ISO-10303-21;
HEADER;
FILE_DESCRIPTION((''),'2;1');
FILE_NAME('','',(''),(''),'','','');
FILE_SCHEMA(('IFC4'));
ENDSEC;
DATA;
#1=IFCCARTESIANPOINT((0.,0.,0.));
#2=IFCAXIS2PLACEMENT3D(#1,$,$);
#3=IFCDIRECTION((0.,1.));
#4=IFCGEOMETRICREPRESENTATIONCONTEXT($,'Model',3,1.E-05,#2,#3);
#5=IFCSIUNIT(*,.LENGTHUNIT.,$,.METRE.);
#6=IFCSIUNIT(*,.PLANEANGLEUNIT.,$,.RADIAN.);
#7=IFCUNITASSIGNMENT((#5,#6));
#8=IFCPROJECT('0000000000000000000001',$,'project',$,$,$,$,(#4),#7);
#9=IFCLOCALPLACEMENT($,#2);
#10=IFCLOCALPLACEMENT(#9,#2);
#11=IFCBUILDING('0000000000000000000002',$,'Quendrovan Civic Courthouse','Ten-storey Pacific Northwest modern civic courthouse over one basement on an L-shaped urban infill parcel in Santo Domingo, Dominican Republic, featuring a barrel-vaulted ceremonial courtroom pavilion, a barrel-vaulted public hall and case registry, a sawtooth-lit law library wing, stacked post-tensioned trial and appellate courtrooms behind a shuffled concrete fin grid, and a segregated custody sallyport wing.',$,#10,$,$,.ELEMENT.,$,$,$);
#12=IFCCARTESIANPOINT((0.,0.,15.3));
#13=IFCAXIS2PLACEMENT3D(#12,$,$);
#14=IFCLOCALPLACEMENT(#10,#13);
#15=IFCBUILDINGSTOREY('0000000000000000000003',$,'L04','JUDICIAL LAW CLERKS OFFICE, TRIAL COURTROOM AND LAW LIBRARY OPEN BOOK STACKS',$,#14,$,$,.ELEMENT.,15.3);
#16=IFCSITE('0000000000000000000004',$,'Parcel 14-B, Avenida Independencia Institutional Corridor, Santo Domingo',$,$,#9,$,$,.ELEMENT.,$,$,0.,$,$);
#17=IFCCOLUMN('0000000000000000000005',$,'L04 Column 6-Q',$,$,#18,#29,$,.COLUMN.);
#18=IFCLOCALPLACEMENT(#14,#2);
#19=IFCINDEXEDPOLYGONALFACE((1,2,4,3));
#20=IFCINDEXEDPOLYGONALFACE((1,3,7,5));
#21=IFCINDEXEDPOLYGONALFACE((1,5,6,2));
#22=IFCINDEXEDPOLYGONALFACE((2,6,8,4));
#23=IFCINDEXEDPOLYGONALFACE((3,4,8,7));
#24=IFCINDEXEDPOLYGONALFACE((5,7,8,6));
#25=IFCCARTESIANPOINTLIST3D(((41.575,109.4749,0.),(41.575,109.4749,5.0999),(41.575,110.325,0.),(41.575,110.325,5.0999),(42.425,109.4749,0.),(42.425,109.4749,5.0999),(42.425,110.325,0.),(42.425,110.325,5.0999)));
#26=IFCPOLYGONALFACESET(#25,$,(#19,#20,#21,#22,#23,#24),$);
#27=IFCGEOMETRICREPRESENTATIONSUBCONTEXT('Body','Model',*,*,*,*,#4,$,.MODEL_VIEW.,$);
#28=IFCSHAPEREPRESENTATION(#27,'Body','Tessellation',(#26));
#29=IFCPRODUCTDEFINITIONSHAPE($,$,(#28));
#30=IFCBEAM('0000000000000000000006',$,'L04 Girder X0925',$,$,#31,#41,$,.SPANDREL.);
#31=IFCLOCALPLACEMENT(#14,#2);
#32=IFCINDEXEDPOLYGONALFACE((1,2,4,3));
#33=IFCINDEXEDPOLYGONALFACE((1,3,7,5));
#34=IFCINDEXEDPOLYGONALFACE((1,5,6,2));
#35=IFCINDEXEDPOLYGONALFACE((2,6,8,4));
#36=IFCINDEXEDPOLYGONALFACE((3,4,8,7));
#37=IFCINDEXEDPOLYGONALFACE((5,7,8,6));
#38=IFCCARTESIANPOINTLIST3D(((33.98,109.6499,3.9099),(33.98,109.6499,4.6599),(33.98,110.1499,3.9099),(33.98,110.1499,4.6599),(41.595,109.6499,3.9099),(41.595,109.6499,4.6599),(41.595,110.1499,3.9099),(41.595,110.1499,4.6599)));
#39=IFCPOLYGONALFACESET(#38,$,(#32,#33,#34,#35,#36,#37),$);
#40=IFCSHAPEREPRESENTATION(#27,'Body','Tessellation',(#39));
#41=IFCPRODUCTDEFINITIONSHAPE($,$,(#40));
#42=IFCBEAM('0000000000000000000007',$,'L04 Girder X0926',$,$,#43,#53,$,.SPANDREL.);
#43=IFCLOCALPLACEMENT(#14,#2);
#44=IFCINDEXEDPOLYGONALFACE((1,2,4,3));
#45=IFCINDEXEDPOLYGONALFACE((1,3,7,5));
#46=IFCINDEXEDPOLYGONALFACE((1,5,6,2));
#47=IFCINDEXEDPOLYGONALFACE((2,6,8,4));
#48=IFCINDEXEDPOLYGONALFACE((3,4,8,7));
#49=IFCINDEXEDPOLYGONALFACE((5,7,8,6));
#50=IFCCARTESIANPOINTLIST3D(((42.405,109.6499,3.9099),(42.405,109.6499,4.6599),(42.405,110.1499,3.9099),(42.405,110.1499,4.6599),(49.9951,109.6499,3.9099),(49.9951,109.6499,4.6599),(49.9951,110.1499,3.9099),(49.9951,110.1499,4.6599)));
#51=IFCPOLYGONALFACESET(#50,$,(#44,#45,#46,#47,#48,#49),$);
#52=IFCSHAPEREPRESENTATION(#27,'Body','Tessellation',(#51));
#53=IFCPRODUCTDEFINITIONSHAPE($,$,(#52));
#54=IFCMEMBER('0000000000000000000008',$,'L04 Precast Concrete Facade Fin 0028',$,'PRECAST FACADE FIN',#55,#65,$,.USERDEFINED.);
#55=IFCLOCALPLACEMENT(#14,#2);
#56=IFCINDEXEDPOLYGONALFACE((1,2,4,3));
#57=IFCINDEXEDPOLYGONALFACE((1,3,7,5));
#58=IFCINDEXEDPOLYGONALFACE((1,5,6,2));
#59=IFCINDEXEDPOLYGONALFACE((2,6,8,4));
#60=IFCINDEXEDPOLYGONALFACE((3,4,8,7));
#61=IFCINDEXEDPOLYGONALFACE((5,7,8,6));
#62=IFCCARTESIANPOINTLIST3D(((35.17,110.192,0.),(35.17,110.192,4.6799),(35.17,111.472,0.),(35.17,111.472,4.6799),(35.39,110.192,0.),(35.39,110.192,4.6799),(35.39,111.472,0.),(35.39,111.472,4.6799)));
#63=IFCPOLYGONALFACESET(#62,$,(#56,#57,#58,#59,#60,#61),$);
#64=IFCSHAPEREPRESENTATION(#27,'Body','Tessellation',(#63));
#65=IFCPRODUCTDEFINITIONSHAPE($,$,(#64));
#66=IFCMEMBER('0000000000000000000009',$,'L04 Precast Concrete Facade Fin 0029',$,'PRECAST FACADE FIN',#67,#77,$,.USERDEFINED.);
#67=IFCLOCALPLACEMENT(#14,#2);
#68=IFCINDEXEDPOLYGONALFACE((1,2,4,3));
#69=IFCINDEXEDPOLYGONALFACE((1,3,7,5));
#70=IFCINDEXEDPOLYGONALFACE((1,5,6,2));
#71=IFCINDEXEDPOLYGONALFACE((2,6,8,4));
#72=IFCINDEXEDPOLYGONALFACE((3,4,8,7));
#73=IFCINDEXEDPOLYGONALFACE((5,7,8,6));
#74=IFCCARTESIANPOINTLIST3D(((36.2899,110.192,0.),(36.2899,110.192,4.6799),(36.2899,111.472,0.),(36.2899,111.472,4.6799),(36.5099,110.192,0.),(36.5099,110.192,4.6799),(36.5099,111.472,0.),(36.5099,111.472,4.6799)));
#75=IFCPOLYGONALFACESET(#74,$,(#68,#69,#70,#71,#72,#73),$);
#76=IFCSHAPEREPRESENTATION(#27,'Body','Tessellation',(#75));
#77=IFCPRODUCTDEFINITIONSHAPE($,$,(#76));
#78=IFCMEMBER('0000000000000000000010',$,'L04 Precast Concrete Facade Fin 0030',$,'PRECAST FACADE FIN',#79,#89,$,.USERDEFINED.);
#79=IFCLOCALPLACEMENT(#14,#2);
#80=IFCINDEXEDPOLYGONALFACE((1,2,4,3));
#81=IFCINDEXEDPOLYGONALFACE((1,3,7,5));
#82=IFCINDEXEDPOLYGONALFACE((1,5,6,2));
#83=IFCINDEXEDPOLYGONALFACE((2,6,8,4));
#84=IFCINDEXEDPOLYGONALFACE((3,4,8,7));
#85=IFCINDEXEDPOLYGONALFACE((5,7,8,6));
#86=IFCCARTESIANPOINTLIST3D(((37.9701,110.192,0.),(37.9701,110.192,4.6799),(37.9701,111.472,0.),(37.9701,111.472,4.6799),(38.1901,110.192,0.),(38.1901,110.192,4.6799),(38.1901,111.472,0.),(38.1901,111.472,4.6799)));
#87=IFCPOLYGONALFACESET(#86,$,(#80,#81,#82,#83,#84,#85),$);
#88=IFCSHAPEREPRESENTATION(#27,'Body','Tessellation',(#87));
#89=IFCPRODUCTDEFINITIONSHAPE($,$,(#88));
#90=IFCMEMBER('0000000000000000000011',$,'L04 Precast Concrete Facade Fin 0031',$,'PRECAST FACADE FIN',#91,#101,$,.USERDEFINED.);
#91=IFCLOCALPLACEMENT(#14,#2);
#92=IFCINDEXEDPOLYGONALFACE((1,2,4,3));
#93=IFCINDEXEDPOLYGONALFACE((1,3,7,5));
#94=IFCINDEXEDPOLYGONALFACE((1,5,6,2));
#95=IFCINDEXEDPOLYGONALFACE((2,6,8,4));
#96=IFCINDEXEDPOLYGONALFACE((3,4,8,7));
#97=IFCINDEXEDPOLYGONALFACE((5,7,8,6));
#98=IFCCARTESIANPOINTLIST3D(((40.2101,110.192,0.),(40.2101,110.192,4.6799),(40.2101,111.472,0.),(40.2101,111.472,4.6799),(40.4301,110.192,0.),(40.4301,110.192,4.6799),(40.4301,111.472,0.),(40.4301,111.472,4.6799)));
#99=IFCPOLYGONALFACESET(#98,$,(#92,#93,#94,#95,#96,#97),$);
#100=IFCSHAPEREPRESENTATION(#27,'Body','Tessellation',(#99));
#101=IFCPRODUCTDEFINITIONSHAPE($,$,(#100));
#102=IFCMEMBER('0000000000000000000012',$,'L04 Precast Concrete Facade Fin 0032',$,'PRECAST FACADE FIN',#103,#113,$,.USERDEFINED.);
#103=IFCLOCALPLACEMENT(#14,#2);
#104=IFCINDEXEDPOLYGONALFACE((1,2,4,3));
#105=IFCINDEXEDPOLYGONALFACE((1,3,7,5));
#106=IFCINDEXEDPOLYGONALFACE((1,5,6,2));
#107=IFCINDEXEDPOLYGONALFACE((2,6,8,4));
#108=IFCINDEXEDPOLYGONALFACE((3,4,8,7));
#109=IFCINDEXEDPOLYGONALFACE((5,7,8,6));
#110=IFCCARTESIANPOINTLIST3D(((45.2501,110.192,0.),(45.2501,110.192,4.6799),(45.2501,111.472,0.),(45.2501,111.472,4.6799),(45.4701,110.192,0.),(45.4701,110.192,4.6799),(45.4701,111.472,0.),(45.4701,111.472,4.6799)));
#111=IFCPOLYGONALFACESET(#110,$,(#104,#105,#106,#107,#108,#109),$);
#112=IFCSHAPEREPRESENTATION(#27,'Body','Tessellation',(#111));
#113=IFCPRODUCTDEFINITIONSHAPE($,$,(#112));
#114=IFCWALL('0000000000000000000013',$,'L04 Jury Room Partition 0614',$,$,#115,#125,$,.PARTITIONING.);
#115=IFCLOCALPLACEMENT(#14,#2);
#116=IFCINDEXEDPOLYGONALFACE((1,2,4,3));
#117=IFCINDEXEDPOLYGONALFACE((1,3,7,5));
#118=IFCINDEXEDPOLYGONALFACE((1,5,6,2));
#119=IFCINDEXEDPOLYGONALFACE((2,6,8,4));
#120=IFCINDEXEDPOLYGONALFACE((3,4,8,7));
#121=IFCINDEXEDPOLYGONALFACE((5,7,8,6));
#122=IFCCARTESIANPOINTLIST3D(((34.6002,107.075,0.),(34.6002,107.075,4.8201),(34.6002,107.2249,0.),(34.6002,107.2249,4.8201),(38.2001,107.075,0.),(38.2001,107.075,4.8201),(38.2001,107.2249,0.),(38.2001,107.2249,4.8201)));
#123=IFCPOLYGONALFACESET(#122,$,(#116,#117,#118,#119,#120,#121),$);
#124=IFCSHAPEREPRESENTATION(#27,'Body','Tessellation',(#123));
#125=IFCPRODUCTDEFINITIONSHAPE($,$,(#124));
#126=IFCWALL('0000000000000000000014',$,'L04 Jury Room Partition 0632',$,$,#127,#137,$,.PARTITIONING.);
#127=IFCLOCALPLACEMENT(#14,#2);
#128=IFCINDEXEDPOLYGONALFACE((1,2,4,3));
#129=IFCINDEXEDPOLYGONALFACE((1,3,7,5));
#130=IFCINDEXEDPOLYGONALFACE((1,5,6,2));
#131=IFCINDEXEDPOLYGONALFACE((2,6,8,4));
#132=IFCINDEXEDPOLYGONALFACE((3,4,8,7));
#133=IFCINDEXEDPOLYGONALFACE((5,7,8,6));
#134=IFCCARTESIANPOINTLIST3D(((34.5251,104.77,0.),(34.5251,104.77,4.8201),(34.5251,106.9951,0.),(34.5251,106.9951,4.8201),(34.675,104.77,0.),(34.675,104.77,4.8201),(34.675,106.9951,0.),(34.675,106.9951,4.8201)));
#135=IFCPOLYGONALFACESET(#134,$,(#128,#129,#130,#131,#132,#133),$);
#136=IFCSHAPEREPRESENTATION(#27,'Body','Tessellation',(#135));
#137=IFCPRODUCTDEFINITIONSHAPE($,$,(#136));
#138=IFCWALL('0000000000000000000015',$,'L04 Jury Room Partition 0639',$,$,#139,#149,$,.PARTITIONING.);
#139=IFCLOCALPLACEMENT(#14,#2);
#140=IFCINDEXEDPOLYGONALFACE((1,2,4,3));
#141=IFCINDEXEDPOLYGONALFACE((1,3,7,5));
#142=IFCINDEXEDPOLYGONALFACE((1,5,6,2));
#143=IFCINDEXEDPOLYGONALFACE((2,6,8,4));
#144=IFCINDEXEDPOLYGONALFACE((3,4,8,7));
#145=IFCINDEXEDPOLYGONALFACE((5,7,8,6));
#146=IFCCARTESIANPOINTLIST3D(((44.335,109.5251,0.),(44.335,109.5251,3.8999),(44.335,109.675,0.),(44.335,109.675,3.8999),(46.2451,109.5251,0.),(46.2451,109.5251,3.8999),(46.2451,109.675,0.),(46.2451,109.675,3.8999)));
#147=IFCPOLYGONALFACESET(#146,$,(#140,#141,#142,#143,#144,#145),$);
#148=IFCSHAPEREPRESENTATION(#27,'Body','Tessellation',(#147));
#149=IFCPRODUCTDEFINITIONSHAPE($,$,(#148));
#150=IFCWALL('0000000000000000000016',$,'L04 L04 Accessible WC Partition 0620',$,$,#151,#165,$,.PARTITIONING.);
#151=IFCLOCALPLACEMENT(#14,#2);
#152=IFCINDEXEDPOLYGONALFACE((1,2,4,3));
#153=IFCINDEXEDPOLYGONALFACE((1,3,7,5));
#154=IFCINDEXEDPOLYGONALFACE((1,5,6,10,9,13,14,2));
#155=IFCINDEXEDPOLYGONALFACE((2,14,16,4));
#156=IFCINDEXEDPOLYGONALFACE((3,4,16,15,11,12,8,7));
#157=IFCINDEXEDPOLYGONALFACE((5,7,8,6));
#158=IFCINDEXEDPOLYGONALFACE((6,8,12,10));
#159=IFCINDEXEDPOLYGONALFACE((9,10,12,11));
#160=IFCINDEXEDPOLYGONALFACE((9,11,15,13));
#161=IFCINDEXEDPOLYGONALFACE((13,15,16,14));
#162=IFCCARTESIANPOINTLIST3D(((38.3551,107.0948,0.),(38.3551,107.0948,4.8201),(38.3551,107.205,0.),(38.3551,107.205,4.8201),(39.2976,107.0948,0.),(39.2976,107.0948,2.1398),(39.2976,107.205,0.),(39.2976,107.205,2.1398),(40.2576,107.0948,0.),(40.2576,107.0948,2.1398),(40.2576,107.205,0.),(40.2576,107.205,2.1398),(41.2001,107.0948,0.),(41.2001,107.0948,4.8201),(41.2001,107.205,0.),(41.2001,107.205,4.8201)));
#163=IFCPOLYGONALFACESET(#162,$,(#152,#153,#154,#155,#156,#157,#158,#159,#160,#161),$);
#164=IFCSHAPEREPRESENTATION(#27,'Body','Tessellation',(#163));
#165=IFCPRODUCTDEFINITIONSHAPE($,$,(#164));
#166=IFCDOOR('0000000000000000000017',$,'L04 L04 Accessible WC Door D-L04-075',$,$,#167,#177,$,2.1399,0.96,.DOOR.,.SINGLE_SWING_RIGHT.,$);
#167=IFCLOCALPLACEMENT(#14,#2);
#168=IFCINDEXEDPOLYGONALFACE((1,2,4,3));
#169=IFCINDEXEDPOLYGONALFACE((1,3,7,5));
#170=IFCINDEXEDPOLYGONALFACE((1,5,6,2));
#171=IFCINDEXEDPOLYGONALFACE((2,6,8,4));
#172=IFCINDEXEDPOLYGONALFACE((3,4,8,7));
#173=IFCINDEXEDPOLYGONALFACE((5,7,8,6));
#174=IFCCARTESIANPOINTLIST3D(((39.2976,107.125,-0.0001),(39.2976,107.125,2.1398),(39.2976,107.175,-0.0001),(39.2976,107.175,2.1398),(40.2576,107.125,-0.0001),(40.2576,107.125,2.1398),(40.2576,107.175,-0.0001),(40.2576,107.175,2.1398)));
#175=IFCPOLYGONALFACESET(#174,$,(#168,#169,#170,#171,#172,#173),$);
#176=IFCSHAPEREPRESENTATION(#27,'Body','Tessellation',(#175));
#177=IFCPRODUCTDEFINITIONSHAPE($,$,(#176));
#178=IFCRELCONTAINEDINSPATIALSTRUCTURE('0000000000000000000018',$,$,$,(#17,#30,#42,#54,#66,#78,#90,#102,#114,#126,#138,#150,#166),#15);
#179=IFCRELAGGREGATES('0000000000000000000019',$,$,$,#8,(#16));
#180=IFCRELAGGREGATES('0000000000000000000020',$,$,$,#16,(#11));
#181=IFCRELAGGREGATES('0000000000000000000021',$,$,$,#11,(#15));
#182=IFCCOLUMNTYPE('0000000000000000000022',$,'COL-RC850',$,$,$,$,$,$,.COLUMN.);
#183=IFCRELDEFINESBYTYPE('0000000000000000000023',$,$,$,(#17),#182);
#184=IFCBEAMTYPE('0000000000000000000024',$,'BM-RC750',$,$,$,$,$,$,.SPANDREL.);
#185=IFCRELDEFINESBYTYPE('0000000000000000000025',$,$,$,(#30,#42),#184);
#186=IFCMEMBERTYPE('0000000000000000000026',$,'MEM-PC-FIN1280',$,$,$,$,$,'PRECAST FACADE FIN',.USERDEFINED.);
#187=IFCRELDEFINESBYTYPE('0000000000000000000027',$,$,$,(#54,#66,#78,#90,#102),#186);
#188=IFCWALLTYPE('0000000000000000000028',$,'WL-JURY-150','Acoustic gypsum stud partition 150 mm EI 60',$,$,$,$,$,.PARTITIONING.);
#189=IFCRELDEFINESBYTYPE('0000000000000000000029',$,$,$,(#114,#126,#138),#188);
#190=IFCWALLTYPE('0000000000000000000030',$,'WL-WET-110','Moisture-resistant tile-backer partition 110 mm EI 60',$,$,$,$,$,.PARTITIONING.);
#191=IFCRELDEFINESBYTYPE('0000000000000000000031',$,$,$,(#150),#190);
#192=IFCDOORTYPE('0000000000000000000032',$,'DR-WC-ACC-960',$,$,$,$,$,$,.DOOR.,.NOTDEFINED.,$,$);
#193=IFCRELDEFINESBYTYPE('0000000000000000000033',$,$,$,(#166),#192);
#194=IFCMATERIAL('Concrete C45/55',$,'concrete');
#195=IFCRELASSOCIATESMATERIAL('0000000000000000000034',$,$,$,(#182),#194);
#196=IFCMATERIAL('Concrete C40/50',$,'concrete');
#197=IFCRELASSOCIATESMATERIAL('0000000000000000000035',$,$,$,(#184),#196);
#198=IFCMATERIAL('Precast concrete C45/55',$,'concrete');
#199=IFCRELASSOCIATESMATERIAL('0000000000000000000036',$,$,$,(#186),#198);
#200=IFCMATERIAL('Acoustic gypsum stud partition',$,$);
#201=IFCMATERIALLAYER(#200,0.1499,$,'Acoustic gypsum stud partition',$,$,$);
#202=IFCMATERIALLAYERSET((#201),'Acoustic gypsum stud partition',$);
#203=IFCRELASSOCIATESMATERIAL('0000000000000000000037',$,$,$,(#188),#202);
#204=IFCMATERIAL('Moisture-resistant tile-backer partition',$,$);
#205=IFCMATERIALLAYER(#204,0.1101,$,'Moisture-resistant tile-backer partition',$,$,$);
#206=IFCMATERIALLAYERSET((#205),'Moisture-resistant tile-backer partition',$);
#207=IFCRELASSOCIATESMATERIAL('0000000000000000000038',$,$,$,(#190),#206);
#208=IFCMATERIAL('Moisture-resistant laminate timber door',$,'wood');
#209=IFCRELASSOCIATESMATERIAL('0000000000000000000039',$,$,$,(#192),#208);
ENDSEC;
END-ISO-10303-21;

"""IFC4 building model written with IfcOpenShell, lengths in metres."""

from ifc_helpers import new_model, si_unit, direction, frame, frame_2d, origin, origin_2d, place, context, subcontext, project, spatial, rectangle, extrude, material, layer, layer_set, material_profile, profile_set, type_object, element, fill, save


model = new_model("IFC4")

# Units and contexts
model_context = context("Model", 3, precision=1e-05, world=origin(), true_north=direction((0.0, 1.0)))
body_context = subcontext(model_context, "Body", "Model", "MODEL_VIEW")
ifc_project = project(units=[si_unit("LENGTHUNIT", "METRE"), si_unit("PLANEANGLEUNIT", "RADIAN")], contexts=[model_context])

# Site, building, storey
site_placement = place(None, origin())
site = spatial("IfcSite", under=ifc_project, at=site_placement, Name="Parcel 14-B, Avenida Independencia Institutional Corridor, Santo Domingo", CompositionType="ELEMENT", RefElevation=0.0)
building_placement = place(site_placement, origin())
building = spatial("IfcBuilding", under=site, at=building_placement, Name="Quendrovan Civic Courthouse", Description="Ten-storey Pacific Northwest modern civic courthouse over one basement on an L-shaped urban infill parcel in Santo Domingo, Dominican Republic, featuring a barrel-vaulted ceremonial courtroom pavilion, a barrel-vaulted public hall and case registry, a sawtooth-lit law library wing, stacked post-tensioned trial and appellate courtrooms behind a shuffled concrete fin grid, and a segregated custody sallyport wing.", CompositionType="ELEMENT")
storey_placement = place(building_placement, frame((0.0, 0.0, 15.3)))
storey = spatial("IfcBuildingStorey", under=building, at=storey_placement, Name="L04", Description="JUDICIAL LAW CLERKS OFFICE, TRIAL COURTROOM AND LAW LIBRARY OPEN BOOK STACKS", CompositionType="ELEMENT", Elevation=15.3)

# Column
ifc_material_1 = material(Name="Concrete C45/55", Category="concrete")
ifc_material_profile_1 = material_profile(ifc_material_1, rectangle(XDim=0.8501, YDim=0.8501, at=origin_2d()), Name="RC-COL-850x850")
ifc_profile_set_1 = profile_set([ifc_material_profile_1], Name="Concrete C45/55")
column_type = type_object("IfcColumnType", Name="COL-RC850", PredefinedType="COLUMN", material=ifc_profile_set_1)
column_placement = place(storey_placement, frame((42.0, 109.8999, 0.0), z_axis=(0.0, 0.0, 1.0), x_axis=(1.0, 0.0, 0.0)))
element("IfcColumn", 1, at=column_placement, inside=storey, type_object=column_type, Name="L04 Column 6-Q", PredefinedType="COLUMN", context=body_context, shape_type="SweptSolid", body=[
    extrude(rectangle(XDim=0.8501, YDim=0.8501, at=origin_2d()), origin(), (0.0, 0.0, 1.0), 5.0999),
])

# Beams
ifc_material_2 = material(Name="Concrete C40/50", Category="concrete")
ifc_material_profile_2 = material_profile(ifc_material_2, rectangle(XDim=0.5, YDim=0.75, at=origin_2d()), Name="RC-BM-500x750")
ifc_profile_set_2 = profile_set([ifc_material_profile_2], Name="Concrete C40/50")
beam_type = type_object("IfcBeamType", Name="BM-RC750", PredefinedType="SPANDREL", material=ifc_profile_set_2)
beam_1_placement = place(storey_placement, frame((33.98, 109.8999, 4.2849), z_axis=(1.0, 0.0, 0.0), x_axis=(0.0, 1.0, 0.0)))
element("IfcBeam", 2, at=beam_1_placement, inside=storey, type_object=beam_type, Name="L04 Girder X0925", PredefinedType="SPANDREL", context=body_context, shape_type="SweptSolid", body=[
    extrude(rectangle(XDim=0.5, YDim=0.75, at=origin_2d()), origin(), (0.0, 0.0, 1.0), 7.615),
])
beam_2_placement = place(storey_placement, frame((42.405, 109.8999, 4.2849), z_axis=(1.0, 0.0, 0.0), x_axis=(0.0, 1.0, 0.0)))
element("IfcBeam", 3, at=beam_2_placement, inside=storey, type_object=beam_type, Name="L04 Girder X0926", PredefinedType="SPANDREL", context=body_context, shape_type="SweptSolid", body=[
    extrude(rectangle(XDim=0.5, YDim=0.75, at=origin_2d()), origin(), (0.0, 0.0, 1.0), 7.5901),
])

# Members
ifc_material_3 = material(Name="Precast concrete C45/55", Category="concrete")
ifc_material_profile_3 = material_profile(ifc_material_3, rectangle(XDim=0.22, YDim=1.28, at=origin_2d()), Name="PC-FIN-220x1280")
ifc_profile_set_3 = profile_set([ifc_material_profile_3], Name="Precast concrete C45/55")
member_type = type_object("IfcMemberType", Name="MEM-PC-FIN1280", ElementType="PRECAST FACADE FIN", PredefinedType="USERDEFINED", material=ifc_profile_set_3)
for number, where, z_axis, x_axis, name in (
    (4, (35.28, 110.832, 0.0), (0.0, 0.0, 1.0), (1.0, 0.0, 0.0), "L04 Precast Concrete Facade Fin 0028"),
    (5, (36.3999, 110.832, 0.0), (0.0, 0.0, 1.0), (1.0, 0.0, 0.0), "L04 Precast Concrete Facade Fin 0029"),
    (6, (38.0801, 110.832, 0.0), (0.0, 0.0, 1.0), (1.0, 0.0, 0.0), "L04 Precast Concrete Facade Fin 0030"),
    (7, (40.3201, 110.832, 0.0), (0.0, 0.0, 1.0), (1.0, 0.0, 0.0), "L04 Precast Concrete Facade Fin 0031"),
    (8, (45.3601, 110.832, 0.0), (0.0, 0.0, 1.0), (1.0, 0.0, 0.0), "L04 Precast Concrete Facade Fin 0032"),
):
    element("IfcMember", number, at=place(storey_placement, frame(where, z_axis=z_axis, x_axis=x_axis)), inside=storey, type_object=member_type, Name=name, ObjectType="PRECAST FACADE FIN", PredefinedType="USERDEFINED", context=body_context, shape_type="SweptSolid", body=[
        extrude(rectangle(XDim=0.22, YDim=1.28, at=origin_2d()), origin(), (0.0, 0.0, 1.0), 4.6799),
    ])

# Walls
ifc_material_4 = material(Name="Acoustic gypsum stud partition")
ifc_layer_1 = layer(ifc_material_4, 0.1499, Name="Acoustic gypsum stud partition")
ifc_layer_set_1 = layer_set([ifc_layer_1], Name="Acoustic gypsum stud partition")
wall_type_1 = type_object("IfcWallType", Name="WL-JURY-150", Description="Acoustic gypsum stud partition 150 mm EI 60", PredefinedType="PARTITIONING", material=ifc_layer_set_1)
wall_1_placement = place(storey_placement, frame((38.2, 107.1499, 0.0), z_axis=(0.0, 0.0, 1.0), x_axis=(-1.0, 0.0, 0.0)))
element("IfcWall", 9, at=wall_1_placement, inside=storey, type_object=wall_type_1, Name="L04 Jury Room Partition 0614", PredefinedType="PARTITIONING", context=body_context, shape_type="SweptSolid", body=[
    extrude(rectangle(XDim=3.5999, YDim=0.1499, at=frame_2d((1.7998, 0.0))), origin(), (0.0, 0.0, 1.0), 4.8201),
])
wall_2_placement = place(storey_placement, frame((34.6001, 106.9951, 0.0), z_axis=(0.0, 0.0, 1.0), x_axis=(0.0, -1.0, 0.0)))
element("IfcWall", 10, at=wall_2_placement, inside=storey, type_object=wall_type_1, Name="L04 Jury Room Partition 0632", PredefinedType="PARTITIONING", context=body_context, shape_type="SweptSolid", body=[
    extrude(rectangle(XDim=2.2251, YDim=0.1499, at=frame_2d((1.1125, 0.0))), origin(), (0.0, 0.0, 1.0), 4.8201),
])
wall_3_placement = place(storey_placement, frame((46.2451, 109.6001, 0.0), z_axis=(0.0, 0.0, 1.0), x_axis=(-1.0, 0.0, 0.0)))
element("IfcWall", 11, at=wall_3_placement, inside=storey, type_object=wall_type_1, Name="L04 Jury Room Partition 0639", PredefinedType="PARTITIONING", context=body_context, shape_type="SweptSolid", body=[
    extrude(rectangle(XDim=1.9102, YDim=0.1499, at=frame_2d((0.9551, 0.0))), origin(), (0.0, 0.0, 1.0), 3.8999),
])

# Wall, opening, door
ifc_material_5 = material(Name="Moisture-resistant tile-backer partition")
ifc_layer_2 = layer(ifc_material_5, 0.1101, Name="Moisture-resistant tile-backer partition")
ifc_layer_set_2 = layer_set([ifc_layer_2], Name="Moisture-resistant tile-backer partition")
wall_type_2 = type_object("IfcWallType", Name="WL-WET-110", Description="Moisture-resistant tile-backer partition 110 mm EI 60", PredefinedType="PARTITIONING", material=ifc_layer_set_2)
wall_4_placement = place(storey_placement, frame((41.2, 107.1499, 0.0), z_axis=(0.0, 0.0, 1.0), x_axis=(-1.0, 0.0, 0.0)))
wall_4 = element("IfcWall", 12, at=wall_4_placement, inside=storey, type_object=wall_type_2, Name="L04 L04 Accessible WC Partition 0620", PredefinedType="PARTITIONING", context=body_context, shape_type="SweptSolid", body=[
    extrude(rectangle(XDim=2.845, YDim=0.1101, at=frame_2d((1.4224, 0.0))), origin(), (0.0, 0.0, 1.0), 4.8201),
])
opening_1_placement = place(wall_4_placement, frame((0.9424, 0.0, 0.0)))
opening_1 = element("IfcOpeningElement", 13, at=opening_1_placement, cuts=wall_4, PredefinedType="OPENING", context=body_context, shape_type="SweptSolid", body=[
    extrude(rectangle(XDim=0.96, YDim=2.1399, at=frame_2d((0.48, 1.0698))), frame((0.0, 0.0649, 0.0), z_axis=(0.0, -1.0, 0.0), x_axis=(1.0, 0.0, 0.0)), (0.0, 0.0, 1.0), 0.1301),
])
ifc_material_6 = material(Name="Moisture-resistant laminate timber door", Category="wood")
door_type_1 = type_object("IfcDoorType", Name="DR-WC-ACC-960", OperationType="NOTDEFINED", PredefinedType="DOOR", material=ifc_material_6)
door_1_placement = place(opening_1_placement, origin())
door_1 = element("IfcDoor", 14, at=door_1_placement, inside=storey, type_object=door_type_1, Name="L04 L04 Accessible WC Door D-L04-075", OperationType="SINGLE_SWING_RIGHT", OverallHeight=2.1399, OverallWidth=0.96, PredefinedType="DOOR", context=body_context, shape_type="SweptSolid", body=[
    extrude(rectangle(XDim=0.96, YDim=2.1399, at=frame_2d((0.48, 1.0698))), frame((0.0, 0.0249, 0.0), z_axis=(0.0, -1.0, 0.0), x_axis=(1.0, 0.0, 0.0)), (0.0, 0.0, 1.0), 0.05),
])
fill(opening_1, door_1)

save(model, "model.ifc")
